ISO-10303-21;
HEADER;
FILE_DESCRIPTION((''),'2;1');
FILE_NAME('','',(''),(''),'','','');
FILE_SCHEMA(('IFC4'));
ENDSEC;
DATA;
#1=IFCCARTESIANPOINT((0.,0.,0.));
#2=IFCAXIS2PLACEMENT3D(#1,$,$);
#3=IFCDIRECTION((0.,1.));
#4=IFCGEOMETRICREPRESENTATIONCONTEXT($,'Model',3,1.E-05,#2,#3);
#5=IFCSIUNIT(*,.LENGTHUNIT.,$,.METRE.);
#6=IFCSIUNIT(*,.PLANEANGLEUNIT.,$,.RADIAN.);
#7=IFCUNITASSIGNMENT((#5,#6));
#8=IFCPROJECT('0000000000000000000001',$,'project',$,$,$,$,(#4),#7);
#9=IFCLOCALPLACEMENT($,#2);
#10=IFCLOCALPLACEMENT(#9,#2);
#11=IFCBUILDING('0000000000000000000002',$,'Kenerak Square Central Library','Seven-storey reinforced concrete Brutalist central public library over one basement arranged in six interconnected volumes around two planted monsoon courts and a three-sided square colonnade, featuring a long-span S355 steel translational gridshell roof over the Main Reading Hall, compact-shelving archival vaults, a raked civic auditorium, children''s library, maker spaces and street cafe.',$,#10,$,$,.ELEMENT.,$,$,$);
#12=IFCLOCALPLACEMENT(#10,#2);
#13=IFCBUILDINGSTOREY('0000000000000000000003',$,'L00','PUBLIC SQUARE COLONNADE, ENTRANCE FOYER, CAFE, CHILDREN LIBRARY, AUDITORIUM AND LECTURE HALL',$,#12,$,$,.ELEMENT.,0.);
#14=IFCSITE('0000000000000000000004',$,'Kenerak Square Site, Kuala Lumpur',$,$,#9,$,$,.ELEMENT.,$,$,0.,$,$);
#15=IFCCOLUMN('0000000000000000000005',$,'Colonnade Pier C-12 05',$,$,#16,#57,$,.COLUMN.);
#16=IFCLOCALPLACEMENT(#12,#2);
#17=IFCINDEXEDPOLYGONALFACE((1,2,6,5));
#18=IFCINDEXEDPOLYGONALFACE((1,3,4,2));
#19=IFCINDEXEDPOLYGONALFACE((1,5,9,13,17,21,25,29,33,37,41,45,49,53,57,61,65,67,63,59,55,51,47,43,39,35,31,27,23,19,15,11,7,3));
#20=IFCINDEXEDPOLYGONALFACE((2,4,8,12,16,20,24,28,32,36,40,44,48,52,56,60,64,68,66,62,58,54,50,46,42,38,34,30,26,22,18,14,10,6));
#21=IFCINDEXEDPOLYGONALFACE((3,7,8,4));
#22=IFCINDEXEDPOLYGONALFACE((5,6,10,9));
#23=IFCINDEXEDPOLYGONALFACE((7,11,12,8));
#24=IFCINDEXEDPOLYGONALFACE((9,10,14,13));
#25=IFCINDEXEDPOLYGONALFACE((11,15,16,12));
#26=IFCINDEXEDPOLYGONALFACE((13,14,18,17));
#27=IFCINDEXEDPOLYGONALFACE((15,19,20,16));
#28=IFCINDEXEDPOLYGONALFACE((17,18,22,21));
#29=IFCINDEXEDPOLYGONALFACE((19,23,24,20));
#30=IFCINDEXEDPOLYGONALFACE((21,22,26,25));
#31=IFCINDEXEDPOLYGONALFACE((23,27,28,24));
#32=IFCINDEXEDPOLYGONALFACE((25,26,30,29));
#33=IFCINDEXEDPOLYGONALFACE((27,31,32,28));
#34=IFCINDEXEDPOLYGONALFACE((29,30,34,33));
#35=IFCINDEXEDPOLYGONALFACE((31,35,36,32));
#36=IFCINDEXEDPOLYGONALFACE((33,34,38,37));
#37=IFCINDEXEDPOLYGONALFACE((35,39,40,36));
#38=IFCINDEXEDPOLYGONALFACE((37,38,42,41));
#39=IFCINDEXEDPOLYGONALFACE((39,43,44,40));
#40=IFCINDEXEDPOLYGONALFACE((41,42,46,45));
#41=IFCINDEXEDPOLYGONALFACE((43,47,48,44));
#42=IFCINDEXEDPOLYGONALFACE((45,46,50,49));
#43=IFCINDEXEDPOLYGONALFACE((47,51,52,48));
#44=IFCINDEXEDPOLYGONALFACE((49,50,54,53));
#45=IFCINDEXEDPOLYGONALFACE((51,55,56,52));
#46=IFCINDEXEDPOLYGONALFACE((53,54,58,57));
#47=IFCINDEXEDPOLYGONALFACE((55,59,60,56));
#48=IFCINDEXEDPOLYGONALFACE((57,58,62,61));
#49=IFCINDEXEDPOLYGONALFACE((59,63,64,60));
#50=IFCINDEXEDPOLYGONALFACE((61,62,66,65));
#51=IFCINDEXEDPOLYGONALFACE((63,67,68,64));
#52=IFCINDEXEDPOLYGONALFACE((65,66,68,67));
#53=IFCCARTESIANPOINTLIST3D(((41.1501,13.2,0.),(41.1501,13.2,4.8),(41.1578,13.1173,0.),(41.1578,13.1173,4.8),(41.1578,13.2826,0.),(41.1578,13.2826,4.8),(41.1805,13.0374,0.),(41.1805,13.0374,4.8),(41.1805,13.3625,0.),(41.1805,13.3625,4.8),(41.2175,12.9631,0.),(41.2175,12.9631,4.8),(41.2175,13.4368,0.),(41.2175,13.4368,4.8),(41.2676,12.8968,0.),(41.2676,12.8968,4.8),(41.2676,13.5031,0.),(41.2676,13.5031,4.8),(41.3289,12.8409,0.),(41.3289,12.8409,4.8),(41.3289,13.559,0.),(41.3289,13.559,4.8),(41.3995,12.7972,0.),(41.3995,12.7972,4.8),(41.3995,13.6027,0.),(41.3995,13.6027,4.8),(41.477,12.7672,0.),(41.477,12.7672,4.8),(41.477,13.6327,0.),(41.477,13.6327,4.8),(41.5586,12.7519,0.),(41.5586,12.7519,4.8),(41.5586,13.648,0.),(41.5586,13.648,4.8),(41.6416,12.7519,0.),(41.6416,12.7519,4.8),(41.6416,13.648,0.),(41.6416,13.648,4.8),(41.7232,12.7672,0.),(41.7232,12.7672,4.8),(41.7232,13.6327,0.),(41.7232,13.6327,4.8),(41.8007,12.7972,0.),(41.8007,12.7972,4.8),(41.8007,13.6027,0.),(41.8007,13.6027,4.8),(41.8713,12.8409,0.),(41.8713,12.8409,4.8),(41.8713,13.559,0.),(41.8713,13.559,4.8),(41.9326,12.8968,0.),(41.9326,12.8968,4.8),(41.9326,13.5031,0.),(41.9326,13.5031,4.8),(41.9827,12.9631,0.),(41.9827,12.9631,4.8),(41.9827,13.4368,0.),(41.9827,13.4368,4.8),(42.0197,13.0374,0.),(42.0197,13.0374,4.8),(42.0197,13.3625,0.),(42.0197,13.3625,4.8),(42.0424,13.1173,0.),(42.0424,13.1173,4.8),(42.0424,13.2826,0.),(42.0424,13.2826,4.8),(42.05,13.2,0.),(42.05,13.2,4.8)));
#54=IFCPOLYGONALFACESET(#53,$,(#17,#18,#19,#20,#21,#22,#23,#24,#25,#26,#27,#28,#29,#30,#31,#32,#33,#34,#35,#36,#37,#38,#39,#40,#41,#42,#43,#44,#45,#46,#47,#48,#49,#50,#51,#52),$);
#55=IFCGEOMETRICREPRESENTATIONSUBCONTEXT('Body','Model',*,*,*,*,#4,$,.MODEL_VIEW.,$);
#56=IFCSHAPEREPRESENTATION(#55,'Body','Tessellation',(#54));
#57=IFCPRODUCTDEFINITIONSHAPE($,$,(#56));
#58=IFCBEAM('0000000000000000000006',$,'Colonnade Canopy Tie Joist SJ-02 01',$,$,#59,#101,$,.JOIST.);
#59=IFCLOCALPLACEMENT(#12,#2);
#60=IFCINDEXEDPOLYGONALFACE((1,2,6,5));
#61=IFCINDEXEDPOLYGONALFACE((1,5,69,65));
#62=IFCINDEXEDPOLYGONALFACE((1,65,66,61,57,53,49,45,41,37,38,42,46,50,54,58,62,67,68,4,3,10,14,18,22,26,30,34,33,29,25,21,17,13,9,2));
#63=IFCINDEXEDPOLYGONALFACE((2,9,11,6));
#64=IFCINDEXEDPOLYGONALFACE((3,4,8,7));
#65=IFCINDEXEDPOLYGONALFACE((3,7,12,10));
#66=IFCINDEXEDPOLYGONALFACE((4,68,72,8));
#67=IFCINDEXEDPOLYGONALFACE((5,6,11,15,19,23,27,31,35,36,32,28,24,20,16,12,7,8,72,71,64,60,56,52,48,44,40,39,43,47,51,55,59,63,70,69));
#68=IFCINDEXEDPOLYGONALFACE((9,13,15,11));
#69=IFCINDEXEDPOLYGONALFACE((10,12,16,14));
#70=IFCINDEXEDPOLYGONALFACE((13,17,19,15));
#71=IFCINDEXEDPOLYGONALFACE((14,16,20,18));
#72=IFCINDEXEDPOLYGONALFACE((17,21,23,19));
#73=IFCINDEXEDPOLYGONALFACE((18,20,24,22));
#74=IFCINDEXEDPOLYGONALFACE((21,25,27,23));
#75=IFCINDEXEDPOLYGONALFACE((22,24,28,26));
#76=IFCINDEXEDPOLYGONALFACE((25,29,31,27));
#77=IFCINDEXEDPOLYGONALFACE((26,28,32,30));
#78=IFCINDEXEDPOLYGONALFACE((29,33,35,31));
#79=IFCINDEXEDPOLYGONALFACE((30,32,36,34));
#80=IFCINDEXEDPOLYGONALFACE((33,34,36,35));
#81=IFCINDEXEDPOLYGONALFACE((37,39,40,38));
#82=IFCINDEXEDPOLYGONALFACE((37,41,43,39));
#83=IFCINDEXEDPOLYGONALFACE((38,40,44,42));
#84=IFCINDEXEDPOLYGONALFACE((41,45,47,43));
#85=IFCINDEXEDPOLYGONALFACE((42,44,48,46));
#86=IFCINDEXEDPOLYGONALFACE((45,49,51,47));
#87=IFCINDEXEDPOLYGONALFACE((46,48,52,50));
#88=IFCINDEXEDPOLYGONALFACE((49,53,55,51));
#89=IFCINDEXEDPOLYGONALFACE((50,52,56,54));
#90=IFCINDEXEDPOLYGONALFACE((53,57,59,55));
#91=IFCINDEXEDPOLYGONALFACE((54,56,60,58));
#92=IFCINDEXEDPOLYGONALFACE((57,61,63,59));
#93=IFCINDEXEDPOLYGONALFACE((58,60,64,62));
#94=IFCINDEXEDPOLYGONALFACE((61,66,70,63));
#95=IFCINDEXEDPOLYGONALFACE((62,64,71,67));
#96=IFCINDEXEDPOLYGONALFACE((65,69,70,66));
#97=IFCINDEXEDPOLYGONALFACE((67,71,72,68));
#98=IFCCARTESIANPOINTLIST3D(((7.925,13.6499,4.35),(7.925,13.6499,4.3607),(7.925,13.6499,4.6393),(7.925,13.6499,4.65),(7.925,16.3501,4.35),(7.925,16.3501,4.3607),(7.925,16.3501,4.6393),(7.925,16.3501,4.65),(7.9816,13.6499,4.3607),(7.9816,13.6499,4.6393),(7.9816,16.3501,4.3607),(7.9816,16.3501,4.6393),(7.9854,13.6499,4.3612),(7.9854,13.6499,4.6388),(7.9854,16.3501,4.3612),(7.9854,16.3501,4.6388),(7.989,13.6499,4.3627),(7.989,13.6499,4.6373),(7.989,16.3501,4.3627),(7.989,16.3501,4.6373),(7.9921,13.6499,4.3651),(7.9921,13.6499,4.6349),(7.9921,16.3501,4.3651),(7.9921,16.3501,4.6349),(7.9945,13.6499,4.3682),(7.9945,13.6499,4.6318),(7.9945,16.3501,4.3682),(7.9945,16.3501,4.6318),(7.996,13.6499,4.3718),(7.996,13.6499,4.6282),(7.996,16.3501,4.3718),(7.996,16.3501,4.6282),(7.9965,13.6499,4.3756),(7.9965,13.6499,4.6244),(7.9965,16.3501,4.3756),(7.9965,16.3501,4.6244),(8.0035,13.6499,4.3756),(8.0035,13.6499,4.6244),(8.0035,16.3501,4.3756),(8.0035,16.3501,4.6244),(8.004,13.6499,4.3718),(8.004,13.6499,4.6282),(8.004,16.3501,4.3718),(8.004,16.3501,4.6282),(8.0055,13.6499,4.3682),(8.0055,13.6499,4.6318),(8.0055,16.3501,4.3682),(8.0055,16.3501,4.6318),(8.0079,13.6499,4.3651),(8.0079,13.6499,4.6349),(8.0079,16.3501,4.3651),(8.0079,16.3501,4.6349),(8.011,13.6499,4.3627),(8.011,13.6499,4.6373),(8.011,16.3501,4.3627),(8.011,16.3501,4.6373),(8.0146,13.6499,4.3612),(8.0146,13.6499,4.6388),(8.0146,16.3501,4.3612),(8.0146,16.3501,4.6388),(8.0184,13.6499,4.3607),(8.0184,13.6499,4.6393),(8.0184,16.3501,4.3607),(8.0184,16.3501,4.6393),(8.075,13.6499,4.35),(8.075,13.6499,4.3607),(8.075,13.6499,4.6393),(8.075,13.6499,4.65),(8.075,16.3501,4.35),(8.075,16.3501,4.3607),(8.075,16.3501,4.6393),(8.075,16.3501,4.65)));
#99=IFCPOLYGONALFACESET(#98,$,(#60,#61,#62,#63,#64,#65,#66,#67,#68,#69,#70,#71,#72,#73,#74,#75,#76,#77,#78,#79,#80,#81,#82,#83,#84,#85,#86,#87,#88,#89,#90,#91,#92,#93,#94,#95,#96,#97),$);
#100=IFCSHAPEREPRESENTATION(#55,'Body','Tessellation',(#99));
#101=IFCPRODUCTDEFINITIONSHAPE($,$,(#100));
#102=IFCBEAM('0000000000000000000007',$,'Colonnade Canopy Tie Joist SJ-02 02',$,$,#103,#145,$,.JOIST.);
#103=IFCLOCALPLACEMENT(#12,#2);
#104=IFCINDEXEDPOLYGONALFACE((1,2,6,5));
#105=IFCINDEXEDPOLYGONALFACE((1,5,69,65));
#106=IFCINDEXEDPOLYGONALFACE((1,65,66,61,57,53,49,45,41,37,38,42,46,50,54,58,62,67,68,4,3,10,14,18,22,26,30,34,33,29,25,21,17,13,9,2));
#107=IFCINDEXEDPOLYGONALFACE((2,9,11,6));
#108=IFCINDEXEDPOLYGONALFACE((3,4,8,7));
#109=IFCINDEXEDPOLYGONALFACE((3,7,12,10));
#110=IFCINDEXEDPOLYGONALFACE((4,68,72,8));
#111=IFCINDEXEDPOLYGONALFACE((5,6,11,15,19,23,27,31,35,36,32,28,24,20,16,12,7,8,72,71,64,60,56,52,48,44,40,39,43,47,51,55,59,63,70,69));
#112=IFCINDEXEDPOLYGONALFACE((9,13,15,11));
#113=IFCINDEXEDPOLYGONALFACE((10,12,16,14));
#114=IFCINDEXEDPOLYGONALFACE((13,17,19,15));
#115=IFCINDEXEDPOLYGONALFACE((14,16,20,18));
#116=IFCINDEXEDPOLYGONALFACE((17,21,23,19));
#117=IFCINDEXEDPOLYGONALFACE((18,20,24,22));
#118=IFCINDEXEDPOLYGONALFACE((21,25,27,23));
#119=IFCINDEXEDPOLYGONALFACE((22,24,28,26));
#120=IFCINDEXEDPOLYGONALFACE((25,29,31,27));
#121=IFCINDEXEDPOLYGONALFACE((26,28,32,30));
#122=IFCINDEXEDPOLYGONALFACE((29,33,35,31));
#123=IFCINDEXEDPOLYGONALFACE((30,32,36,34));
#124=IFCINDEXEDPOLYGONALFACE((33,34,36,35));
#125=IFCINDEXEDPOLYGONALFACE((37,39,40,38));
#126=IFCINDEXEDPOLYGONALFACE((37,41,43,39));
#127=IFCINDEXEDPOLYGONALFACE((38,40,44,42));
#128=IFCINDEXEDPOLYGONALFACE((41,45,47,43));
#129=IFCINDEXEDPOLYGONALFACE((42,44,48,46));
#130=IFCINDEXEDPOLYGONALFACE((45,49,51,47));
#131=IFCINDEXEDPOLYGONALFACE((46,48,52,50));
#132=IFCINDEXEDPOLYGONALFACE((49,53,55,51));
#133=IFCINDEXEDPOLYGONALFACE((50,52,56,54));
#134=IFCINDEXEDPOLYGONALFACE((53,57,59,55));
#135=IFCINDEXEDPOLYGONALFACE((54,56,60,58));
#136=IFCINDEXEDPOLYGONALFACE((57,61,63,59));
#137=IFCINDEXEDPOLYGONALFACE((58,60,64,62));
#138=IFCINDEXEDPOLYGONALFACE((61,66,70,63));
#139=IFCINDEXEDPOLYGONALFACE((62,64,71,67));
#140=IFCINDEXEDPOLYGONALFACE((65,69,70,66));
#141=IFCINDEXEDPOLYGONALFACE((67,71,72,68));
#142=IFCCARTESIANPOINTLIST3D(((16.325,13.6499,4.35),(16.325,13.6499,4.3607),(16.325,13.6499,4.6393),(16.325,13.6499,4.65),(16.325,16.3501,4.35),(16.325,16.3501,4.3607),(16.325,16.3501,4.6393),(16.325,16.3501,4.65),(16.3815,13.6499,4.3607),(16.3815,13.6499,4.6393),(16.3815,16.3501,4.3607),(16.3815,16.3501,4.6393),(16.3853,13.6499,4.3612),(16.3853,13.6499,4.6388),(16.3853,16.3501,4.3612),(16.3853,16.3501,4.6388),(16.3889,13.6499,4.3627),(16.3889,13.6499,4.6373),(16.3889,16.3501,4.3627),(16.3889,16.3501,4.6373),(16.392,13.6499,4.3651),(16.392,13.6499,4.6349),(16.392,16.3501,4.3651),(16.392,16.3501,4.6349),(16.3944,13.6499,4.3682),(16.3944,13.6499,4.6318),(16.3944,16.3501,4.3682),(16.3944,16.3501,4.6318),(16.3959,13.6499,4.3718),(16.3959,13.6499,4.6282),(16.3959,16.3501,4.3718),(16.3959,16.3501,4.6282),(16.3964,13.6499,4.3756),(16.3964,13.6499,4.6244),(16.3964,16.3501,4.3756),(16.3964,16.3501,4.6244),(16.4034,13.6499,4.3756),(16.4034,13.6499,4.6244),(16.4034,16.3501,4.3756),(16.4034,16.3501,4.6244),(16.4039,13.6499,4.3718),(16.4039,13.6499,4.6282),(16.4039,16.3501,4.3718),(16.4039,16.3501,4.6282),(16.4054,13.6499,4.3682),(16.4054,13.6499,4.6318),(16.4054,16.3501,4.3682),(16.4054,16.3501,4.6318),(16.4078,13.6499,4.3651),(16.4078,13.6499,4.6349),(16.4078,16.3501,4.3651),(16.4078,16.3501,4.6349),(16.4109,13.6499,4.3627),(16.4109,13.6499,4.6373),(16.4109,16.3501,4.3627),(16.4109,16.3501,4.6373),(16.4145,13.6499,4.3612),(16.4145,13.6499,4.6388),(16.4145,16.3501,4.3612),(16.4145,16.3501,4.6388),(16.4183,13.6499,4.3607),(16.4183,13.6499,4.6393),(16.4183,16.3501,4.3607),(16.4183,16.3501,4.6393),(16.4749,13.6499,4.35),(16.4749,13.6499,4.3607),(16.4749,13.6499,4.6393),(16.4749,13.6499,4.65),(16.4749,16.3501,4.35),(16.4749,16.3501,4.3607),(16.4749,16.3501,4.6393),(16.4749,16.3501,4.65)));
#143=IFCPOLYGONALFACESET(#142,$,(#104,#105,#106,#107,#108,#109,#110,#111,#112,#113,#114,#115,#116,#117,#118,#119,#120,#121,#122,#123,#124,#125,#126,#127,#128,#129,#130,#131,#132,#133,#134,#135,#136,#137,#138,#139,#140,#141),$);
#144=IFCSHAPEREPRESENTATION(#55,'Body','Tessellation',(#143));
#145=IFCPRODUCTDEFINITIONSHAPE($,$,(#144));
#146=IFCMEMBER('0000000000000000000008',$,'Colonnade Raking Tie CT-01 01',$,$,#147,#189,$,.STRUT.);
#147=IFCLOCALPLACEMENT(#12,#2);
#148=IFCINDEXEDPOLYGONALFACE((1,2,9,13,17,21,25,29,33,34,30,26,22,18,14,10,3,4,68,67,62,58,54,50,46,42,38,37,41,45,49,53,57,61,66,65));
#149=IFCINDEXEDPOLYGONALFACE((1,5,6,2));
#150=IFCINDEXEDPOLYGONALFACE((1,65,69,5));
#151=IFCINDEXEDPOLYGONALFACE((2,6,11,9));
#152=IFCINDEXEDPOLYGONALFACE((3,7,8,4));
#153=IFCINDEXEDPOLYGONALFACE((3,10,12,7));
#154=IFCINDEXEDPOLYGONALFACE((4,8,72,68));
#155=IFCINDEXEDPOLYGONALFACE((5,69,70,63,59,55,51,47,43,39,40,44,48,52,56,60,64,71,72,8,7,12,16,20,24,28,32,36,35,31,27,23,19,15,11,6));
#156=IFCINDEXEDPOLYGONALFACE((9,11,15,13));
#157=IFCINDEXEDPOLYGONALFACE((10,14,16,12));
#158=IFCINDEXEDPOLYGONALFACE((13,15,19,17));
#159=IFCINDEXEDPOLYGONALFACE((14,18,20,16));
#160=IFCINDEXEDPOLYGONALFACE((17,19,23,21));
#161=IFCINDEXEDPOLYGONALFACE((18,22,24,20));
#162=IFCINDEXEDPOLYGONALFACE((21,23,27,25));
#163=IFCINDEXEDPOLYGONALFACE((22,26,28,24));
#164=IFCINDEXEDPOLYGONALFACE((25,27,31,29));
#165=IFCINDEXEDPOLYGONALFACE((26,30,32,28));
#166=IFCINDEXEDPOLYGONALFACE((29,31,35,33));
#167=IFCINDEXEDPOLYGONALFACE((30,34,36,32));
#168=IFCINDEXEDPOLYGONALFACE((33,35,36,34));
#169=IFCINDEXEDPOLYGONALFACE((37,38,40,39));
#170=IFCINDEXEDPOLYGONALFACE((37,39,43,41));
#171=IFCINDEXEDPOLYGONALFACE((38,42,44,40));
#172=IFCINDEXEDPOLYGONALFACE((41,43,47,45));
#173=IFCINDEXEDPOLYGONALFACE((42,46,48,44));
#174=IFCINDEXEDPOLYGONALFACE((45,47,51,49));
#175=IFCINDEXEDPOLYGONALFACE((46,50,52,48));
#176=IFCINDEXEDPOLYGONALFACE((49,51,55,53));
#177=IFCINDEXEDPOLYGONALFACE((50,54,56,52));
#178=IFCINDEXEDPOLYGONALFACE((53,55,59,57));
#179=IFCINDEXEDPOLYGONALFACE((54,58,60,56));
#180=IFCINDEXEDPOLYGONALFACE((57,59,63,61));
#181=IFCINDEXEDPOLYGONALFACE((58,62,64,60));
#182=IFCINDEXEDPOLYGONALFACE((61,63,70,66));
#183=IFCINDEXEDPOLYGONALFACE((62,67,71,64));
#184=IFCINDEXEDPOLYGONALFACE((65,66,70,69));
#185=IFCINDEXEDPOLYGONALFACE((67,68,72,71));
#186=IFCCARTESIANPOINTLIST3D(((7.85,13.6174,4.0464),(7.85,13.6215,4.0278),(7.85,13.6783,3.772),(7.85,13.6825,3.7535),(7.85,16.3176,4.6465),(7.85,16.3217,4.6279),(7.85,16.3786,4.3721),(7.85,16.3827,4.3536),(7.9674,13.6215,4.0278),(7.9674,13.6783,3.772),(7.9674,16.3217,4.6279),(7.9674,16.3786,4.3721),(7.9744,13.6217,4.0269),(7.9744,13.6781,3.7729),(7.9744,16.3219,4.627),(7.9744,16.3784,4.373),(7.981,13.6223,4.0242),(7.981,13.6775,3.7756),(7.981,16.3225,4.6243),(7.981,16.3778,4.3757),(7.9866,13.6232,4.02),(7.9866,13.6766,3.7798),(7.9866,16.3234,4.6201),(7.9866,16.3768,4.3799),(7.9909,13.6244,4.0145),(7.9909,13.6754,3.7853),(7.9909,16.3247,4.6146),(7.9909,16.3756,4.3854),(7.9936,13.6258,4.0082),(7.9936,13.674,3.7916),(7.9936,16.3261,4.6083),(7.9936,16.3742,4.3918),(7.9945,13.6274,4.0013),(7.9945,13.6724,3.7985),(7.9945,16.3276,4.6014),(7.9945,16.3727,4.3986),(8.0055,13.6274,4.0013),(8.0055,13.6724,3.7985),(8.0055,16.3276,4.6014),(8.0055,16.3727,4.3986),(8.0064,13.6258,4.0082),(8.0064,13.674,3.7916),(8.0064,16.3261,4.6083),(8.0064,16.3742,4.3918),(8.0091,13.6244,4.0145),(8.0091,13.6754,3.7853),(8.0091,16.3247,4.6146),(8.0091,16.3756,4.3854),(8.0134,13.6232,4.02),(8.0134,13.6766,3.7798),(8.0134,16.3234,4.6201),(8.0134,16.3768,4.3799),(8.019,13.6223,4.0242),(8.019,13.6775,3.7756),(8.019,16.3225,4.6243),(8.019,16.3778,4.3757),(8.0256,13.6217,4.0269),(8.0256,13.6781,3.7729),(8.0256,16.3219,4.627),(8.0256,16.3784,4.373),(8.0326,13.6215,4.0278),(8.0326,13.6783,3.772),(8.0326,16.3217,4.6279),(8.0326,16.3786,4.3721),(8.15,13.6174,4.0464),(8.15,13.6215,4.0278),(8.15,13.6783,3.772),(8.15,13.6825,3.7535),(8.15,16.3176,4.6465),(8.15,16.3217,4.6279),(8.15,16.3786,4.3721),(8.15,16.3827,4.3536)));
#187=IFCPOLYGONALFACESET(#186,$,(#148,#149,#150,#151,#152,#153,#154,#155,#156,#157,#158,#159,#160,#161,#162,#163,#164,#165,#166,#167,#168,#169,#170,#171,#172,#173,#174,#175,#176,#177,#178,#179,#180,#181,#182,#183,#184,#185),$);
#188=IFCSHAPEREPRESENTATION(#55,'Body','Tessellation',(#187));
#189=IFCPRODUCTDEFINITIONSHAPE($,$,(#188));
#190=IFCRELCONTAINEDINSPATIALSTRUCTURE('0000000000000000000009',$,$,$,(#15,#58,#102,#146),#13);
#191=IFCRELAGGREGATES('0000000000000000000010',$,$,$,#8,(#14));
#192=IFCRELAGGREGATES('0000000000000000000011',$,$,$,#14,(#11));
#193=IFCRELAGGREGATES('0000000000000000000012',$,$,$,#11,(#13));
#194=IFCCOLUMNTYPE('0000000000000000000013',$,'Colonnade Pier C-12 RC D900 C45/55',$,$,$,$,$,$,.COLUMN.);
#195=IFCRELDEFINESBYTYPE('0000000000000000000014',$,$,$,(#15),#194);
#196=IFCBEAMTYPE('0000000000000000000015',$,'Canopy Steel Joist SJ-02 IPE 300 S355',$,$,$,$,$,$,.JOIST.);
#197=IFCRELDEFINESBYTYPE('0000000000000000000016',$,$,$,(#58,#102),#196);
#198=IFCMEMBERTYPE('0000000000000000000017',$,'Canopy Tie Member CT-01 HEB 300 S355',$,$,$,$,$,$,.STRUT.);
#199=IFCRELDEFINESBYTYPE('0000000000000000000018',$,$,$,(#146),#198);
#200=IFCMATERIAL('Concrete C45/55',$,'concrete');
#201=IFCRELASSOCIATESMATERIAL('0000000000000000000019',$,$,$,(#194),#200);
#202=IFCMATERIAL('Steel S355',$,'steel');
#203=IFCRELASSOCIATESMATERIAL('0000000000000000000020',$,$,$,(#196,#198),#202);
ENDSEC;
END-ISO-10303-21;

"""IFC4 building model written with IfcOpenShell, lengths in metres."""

from ifc_helpers import new_model, si_unit, direction, frame, origin, origin_2d, place, context, subcontext, project, spatial, circle, i_section, extrude, material, material_profile, profile_set, type_object, element, save


model = new_model("IFC4")

# Units and contexts
model_context = context("Model", 3, precision=1e-05, world=origin(), true_north=direction((0.0, 1.0)))
body_context = subcontext(model_context, "Body", "Model", "MODEL_VIEW")
ifc_project = project(units=[si_unit("LENGTHUNIT", "METRE"), si_unit("PLANEANGLEUNIT", "RADIAN")], contexts=[model_context])

# Site, building, storey
site_placement = place(None, origin())
site = spatial("IfcSite", under=ifc_project, at=site_placement, Name="Kenerak Square Site, Kuala Lumpur", CompositionType="ELEMENT", RefElevation=0.0)
building_placement = place(site_placement, origin())
building = spatial("IfcBuilding", under=site, at=building_placement, Name="Kenerak Square Central Library", Description="Seven-storey reinforced concrete Brutalist central public library over one basement arranged in six interconnected volumes around two planted monsoon courts and a three-sided square colonnade, featuring a long-span S355 steel translational gridshell roof over the Main Reading Hall, compact-shelving archival vaults, a raked civic auditorium, children's library, maker spaces and street cafe.", CompositionType="ELEMENT")
storey_placement = place(building_placement, origin())
storey = spatial("IfcBuildingStorey", under=building, at=storey_placement, Name="L00", Description="PUBLIC SQUARE COLONNADE, ENTRANCE FOYER, CAFE, CHILDREN LIBRARY, AUDITORIUM AND LECTURE HALL", CompositionType="ELEMENT", Elevation=0.0)

# Column
ifc_material_1 = material(Name="Concrete C45/55", Category="concrete")
ifc_material_profile_1 = material_profile(ifc_material_1, circle(Radius=0.45, at=origin_2d()), Name="RC D900")
ifc_profile_set_1 = profile_set([ifc_material_profile_1], Name="Concrete C45/55")
column_type = type_object("IfcColumnType", Name="Colonnade Pier C-12 RC D900 C45/55", PredefinedType="COLUMN", material=ifc_profile_set_1)
for number, where, z_axis, x_axis, name in (
    (1, (41.6001, 13.2, 0.0), (0.0, 0.0, 1.0), (1.0, 0.0, 0.0), "Colonnade Pier C-12 05"),
):
    element("IfcColumn", number, at=place(storey_placement, frame(where, z_axis=z_axis, x_axis=x_axis)), inside=storey, type_object=column_type, Name=name, PredefinedType="COLUMN", context=body_context, shape_type="SweptSolid", body=[
        extrude(circle(Radius=0.45, at=origin_2d()), origin(), (0.0, 0.0, 1.0), 4.8),
    ])

# Beams
ifc_material_2 = material(Name="Steel S355", Category="steel")
ifc_material_profile_2 = material_profile(ifc_material_2, i_section(OverallWidth=0.1499, OverallDepth=0.3, WebThickness=0.0071, FlangeThickness=0.0107, FilletRadius=0.0149, at=origin_2d()), Name="IPE 300")
ifc_profile_set_2 = profile_set([ifc_material_profile_2], Name="Steel S355")
beam_type_1 = type_object("IfcBeamType", Name="Canopy Steel Joist SJ-02 IPE 300 S355", PredefinedType="JOIST", material=ifc_profile_set_2)
for number, where, z_axis, x_axis, name in (
    (2, (8.0, 13.6499, 4.5), (0.0, 1.0, 0.0), (-1.0, 0.0, 0.0), "Colonnade Canopy Tie Joist SJ-02 01"),
    (3, (16.3999, 13.6499, 4.5), (0.0, 1.0, 0.0), (-1.0, 0.0, 0.0), "Colonnade Canopy Tie Joist SJ-02 02"),
):
    element("IfcBeam", number, at=place(storey_placement, frame(where, z_axis=z_axis, x_axis=x_axis)), inside=storey, type_object=beam_type_1, Name=name, PredefinedType="JOIST", context=body_context, shape_type="SweptSolid", body=[
        extrude(i_section(OverallWidth=0.1499, OverallDepth=0.3, WebThickness=0.0071, FlangeThickness=0.0107, FilletRadius=0.0149, at=origin_2d()), origin(), (0.0, 0.0, 1.0), 2.7002),
    ])

# Member
ifc_material_profile_3 = material_profile(ifc_material_2, i_section(OverallWidth=0.3, OverallDepth=0.3, WebThickness=0.011, FlangeThickness=0.019, FilletRadius=0.0271, at=origin_2d()), Name="HEB 300")
ifc_profile_set_3 = profile_set([ifc_material_profile_3], Name="Steel S355")
member_type = type_object("IfcMemberType", Name="Canopy Tie Member CT-01 HEB 300 S355", PredefinedType="STRUT", material=ifc_profile_set_3)
for number, where, z_axis, x_axis, name in (
    (4, (8.0, 13.6499, 3.8999), (0.0, 0.976183, 0.216949), (-1.0, 0.0, 0.0), "Colonnade Raking Tie CT-01 01"),
):
    element("IfcMember", number, at=place(storey_placement, frame(where, z_axis=z_axis, x_axis=x_axis)), inside=storey, type_object=member_type, Name=name, PredefinedType="STRUT", context=body_context, shape_type="SweptSolid", body=[
        extrude(i_section(OverallWidth=0.3, OverallDepth=0.3, WebThickness=0.011, FlangeThickness=0.019, FilletRadius=0.0271, at=origin_2d()), origin(), (0.0, 0.0, 1.0), 2.7661),
    ])

save(model, "model.ifc")
